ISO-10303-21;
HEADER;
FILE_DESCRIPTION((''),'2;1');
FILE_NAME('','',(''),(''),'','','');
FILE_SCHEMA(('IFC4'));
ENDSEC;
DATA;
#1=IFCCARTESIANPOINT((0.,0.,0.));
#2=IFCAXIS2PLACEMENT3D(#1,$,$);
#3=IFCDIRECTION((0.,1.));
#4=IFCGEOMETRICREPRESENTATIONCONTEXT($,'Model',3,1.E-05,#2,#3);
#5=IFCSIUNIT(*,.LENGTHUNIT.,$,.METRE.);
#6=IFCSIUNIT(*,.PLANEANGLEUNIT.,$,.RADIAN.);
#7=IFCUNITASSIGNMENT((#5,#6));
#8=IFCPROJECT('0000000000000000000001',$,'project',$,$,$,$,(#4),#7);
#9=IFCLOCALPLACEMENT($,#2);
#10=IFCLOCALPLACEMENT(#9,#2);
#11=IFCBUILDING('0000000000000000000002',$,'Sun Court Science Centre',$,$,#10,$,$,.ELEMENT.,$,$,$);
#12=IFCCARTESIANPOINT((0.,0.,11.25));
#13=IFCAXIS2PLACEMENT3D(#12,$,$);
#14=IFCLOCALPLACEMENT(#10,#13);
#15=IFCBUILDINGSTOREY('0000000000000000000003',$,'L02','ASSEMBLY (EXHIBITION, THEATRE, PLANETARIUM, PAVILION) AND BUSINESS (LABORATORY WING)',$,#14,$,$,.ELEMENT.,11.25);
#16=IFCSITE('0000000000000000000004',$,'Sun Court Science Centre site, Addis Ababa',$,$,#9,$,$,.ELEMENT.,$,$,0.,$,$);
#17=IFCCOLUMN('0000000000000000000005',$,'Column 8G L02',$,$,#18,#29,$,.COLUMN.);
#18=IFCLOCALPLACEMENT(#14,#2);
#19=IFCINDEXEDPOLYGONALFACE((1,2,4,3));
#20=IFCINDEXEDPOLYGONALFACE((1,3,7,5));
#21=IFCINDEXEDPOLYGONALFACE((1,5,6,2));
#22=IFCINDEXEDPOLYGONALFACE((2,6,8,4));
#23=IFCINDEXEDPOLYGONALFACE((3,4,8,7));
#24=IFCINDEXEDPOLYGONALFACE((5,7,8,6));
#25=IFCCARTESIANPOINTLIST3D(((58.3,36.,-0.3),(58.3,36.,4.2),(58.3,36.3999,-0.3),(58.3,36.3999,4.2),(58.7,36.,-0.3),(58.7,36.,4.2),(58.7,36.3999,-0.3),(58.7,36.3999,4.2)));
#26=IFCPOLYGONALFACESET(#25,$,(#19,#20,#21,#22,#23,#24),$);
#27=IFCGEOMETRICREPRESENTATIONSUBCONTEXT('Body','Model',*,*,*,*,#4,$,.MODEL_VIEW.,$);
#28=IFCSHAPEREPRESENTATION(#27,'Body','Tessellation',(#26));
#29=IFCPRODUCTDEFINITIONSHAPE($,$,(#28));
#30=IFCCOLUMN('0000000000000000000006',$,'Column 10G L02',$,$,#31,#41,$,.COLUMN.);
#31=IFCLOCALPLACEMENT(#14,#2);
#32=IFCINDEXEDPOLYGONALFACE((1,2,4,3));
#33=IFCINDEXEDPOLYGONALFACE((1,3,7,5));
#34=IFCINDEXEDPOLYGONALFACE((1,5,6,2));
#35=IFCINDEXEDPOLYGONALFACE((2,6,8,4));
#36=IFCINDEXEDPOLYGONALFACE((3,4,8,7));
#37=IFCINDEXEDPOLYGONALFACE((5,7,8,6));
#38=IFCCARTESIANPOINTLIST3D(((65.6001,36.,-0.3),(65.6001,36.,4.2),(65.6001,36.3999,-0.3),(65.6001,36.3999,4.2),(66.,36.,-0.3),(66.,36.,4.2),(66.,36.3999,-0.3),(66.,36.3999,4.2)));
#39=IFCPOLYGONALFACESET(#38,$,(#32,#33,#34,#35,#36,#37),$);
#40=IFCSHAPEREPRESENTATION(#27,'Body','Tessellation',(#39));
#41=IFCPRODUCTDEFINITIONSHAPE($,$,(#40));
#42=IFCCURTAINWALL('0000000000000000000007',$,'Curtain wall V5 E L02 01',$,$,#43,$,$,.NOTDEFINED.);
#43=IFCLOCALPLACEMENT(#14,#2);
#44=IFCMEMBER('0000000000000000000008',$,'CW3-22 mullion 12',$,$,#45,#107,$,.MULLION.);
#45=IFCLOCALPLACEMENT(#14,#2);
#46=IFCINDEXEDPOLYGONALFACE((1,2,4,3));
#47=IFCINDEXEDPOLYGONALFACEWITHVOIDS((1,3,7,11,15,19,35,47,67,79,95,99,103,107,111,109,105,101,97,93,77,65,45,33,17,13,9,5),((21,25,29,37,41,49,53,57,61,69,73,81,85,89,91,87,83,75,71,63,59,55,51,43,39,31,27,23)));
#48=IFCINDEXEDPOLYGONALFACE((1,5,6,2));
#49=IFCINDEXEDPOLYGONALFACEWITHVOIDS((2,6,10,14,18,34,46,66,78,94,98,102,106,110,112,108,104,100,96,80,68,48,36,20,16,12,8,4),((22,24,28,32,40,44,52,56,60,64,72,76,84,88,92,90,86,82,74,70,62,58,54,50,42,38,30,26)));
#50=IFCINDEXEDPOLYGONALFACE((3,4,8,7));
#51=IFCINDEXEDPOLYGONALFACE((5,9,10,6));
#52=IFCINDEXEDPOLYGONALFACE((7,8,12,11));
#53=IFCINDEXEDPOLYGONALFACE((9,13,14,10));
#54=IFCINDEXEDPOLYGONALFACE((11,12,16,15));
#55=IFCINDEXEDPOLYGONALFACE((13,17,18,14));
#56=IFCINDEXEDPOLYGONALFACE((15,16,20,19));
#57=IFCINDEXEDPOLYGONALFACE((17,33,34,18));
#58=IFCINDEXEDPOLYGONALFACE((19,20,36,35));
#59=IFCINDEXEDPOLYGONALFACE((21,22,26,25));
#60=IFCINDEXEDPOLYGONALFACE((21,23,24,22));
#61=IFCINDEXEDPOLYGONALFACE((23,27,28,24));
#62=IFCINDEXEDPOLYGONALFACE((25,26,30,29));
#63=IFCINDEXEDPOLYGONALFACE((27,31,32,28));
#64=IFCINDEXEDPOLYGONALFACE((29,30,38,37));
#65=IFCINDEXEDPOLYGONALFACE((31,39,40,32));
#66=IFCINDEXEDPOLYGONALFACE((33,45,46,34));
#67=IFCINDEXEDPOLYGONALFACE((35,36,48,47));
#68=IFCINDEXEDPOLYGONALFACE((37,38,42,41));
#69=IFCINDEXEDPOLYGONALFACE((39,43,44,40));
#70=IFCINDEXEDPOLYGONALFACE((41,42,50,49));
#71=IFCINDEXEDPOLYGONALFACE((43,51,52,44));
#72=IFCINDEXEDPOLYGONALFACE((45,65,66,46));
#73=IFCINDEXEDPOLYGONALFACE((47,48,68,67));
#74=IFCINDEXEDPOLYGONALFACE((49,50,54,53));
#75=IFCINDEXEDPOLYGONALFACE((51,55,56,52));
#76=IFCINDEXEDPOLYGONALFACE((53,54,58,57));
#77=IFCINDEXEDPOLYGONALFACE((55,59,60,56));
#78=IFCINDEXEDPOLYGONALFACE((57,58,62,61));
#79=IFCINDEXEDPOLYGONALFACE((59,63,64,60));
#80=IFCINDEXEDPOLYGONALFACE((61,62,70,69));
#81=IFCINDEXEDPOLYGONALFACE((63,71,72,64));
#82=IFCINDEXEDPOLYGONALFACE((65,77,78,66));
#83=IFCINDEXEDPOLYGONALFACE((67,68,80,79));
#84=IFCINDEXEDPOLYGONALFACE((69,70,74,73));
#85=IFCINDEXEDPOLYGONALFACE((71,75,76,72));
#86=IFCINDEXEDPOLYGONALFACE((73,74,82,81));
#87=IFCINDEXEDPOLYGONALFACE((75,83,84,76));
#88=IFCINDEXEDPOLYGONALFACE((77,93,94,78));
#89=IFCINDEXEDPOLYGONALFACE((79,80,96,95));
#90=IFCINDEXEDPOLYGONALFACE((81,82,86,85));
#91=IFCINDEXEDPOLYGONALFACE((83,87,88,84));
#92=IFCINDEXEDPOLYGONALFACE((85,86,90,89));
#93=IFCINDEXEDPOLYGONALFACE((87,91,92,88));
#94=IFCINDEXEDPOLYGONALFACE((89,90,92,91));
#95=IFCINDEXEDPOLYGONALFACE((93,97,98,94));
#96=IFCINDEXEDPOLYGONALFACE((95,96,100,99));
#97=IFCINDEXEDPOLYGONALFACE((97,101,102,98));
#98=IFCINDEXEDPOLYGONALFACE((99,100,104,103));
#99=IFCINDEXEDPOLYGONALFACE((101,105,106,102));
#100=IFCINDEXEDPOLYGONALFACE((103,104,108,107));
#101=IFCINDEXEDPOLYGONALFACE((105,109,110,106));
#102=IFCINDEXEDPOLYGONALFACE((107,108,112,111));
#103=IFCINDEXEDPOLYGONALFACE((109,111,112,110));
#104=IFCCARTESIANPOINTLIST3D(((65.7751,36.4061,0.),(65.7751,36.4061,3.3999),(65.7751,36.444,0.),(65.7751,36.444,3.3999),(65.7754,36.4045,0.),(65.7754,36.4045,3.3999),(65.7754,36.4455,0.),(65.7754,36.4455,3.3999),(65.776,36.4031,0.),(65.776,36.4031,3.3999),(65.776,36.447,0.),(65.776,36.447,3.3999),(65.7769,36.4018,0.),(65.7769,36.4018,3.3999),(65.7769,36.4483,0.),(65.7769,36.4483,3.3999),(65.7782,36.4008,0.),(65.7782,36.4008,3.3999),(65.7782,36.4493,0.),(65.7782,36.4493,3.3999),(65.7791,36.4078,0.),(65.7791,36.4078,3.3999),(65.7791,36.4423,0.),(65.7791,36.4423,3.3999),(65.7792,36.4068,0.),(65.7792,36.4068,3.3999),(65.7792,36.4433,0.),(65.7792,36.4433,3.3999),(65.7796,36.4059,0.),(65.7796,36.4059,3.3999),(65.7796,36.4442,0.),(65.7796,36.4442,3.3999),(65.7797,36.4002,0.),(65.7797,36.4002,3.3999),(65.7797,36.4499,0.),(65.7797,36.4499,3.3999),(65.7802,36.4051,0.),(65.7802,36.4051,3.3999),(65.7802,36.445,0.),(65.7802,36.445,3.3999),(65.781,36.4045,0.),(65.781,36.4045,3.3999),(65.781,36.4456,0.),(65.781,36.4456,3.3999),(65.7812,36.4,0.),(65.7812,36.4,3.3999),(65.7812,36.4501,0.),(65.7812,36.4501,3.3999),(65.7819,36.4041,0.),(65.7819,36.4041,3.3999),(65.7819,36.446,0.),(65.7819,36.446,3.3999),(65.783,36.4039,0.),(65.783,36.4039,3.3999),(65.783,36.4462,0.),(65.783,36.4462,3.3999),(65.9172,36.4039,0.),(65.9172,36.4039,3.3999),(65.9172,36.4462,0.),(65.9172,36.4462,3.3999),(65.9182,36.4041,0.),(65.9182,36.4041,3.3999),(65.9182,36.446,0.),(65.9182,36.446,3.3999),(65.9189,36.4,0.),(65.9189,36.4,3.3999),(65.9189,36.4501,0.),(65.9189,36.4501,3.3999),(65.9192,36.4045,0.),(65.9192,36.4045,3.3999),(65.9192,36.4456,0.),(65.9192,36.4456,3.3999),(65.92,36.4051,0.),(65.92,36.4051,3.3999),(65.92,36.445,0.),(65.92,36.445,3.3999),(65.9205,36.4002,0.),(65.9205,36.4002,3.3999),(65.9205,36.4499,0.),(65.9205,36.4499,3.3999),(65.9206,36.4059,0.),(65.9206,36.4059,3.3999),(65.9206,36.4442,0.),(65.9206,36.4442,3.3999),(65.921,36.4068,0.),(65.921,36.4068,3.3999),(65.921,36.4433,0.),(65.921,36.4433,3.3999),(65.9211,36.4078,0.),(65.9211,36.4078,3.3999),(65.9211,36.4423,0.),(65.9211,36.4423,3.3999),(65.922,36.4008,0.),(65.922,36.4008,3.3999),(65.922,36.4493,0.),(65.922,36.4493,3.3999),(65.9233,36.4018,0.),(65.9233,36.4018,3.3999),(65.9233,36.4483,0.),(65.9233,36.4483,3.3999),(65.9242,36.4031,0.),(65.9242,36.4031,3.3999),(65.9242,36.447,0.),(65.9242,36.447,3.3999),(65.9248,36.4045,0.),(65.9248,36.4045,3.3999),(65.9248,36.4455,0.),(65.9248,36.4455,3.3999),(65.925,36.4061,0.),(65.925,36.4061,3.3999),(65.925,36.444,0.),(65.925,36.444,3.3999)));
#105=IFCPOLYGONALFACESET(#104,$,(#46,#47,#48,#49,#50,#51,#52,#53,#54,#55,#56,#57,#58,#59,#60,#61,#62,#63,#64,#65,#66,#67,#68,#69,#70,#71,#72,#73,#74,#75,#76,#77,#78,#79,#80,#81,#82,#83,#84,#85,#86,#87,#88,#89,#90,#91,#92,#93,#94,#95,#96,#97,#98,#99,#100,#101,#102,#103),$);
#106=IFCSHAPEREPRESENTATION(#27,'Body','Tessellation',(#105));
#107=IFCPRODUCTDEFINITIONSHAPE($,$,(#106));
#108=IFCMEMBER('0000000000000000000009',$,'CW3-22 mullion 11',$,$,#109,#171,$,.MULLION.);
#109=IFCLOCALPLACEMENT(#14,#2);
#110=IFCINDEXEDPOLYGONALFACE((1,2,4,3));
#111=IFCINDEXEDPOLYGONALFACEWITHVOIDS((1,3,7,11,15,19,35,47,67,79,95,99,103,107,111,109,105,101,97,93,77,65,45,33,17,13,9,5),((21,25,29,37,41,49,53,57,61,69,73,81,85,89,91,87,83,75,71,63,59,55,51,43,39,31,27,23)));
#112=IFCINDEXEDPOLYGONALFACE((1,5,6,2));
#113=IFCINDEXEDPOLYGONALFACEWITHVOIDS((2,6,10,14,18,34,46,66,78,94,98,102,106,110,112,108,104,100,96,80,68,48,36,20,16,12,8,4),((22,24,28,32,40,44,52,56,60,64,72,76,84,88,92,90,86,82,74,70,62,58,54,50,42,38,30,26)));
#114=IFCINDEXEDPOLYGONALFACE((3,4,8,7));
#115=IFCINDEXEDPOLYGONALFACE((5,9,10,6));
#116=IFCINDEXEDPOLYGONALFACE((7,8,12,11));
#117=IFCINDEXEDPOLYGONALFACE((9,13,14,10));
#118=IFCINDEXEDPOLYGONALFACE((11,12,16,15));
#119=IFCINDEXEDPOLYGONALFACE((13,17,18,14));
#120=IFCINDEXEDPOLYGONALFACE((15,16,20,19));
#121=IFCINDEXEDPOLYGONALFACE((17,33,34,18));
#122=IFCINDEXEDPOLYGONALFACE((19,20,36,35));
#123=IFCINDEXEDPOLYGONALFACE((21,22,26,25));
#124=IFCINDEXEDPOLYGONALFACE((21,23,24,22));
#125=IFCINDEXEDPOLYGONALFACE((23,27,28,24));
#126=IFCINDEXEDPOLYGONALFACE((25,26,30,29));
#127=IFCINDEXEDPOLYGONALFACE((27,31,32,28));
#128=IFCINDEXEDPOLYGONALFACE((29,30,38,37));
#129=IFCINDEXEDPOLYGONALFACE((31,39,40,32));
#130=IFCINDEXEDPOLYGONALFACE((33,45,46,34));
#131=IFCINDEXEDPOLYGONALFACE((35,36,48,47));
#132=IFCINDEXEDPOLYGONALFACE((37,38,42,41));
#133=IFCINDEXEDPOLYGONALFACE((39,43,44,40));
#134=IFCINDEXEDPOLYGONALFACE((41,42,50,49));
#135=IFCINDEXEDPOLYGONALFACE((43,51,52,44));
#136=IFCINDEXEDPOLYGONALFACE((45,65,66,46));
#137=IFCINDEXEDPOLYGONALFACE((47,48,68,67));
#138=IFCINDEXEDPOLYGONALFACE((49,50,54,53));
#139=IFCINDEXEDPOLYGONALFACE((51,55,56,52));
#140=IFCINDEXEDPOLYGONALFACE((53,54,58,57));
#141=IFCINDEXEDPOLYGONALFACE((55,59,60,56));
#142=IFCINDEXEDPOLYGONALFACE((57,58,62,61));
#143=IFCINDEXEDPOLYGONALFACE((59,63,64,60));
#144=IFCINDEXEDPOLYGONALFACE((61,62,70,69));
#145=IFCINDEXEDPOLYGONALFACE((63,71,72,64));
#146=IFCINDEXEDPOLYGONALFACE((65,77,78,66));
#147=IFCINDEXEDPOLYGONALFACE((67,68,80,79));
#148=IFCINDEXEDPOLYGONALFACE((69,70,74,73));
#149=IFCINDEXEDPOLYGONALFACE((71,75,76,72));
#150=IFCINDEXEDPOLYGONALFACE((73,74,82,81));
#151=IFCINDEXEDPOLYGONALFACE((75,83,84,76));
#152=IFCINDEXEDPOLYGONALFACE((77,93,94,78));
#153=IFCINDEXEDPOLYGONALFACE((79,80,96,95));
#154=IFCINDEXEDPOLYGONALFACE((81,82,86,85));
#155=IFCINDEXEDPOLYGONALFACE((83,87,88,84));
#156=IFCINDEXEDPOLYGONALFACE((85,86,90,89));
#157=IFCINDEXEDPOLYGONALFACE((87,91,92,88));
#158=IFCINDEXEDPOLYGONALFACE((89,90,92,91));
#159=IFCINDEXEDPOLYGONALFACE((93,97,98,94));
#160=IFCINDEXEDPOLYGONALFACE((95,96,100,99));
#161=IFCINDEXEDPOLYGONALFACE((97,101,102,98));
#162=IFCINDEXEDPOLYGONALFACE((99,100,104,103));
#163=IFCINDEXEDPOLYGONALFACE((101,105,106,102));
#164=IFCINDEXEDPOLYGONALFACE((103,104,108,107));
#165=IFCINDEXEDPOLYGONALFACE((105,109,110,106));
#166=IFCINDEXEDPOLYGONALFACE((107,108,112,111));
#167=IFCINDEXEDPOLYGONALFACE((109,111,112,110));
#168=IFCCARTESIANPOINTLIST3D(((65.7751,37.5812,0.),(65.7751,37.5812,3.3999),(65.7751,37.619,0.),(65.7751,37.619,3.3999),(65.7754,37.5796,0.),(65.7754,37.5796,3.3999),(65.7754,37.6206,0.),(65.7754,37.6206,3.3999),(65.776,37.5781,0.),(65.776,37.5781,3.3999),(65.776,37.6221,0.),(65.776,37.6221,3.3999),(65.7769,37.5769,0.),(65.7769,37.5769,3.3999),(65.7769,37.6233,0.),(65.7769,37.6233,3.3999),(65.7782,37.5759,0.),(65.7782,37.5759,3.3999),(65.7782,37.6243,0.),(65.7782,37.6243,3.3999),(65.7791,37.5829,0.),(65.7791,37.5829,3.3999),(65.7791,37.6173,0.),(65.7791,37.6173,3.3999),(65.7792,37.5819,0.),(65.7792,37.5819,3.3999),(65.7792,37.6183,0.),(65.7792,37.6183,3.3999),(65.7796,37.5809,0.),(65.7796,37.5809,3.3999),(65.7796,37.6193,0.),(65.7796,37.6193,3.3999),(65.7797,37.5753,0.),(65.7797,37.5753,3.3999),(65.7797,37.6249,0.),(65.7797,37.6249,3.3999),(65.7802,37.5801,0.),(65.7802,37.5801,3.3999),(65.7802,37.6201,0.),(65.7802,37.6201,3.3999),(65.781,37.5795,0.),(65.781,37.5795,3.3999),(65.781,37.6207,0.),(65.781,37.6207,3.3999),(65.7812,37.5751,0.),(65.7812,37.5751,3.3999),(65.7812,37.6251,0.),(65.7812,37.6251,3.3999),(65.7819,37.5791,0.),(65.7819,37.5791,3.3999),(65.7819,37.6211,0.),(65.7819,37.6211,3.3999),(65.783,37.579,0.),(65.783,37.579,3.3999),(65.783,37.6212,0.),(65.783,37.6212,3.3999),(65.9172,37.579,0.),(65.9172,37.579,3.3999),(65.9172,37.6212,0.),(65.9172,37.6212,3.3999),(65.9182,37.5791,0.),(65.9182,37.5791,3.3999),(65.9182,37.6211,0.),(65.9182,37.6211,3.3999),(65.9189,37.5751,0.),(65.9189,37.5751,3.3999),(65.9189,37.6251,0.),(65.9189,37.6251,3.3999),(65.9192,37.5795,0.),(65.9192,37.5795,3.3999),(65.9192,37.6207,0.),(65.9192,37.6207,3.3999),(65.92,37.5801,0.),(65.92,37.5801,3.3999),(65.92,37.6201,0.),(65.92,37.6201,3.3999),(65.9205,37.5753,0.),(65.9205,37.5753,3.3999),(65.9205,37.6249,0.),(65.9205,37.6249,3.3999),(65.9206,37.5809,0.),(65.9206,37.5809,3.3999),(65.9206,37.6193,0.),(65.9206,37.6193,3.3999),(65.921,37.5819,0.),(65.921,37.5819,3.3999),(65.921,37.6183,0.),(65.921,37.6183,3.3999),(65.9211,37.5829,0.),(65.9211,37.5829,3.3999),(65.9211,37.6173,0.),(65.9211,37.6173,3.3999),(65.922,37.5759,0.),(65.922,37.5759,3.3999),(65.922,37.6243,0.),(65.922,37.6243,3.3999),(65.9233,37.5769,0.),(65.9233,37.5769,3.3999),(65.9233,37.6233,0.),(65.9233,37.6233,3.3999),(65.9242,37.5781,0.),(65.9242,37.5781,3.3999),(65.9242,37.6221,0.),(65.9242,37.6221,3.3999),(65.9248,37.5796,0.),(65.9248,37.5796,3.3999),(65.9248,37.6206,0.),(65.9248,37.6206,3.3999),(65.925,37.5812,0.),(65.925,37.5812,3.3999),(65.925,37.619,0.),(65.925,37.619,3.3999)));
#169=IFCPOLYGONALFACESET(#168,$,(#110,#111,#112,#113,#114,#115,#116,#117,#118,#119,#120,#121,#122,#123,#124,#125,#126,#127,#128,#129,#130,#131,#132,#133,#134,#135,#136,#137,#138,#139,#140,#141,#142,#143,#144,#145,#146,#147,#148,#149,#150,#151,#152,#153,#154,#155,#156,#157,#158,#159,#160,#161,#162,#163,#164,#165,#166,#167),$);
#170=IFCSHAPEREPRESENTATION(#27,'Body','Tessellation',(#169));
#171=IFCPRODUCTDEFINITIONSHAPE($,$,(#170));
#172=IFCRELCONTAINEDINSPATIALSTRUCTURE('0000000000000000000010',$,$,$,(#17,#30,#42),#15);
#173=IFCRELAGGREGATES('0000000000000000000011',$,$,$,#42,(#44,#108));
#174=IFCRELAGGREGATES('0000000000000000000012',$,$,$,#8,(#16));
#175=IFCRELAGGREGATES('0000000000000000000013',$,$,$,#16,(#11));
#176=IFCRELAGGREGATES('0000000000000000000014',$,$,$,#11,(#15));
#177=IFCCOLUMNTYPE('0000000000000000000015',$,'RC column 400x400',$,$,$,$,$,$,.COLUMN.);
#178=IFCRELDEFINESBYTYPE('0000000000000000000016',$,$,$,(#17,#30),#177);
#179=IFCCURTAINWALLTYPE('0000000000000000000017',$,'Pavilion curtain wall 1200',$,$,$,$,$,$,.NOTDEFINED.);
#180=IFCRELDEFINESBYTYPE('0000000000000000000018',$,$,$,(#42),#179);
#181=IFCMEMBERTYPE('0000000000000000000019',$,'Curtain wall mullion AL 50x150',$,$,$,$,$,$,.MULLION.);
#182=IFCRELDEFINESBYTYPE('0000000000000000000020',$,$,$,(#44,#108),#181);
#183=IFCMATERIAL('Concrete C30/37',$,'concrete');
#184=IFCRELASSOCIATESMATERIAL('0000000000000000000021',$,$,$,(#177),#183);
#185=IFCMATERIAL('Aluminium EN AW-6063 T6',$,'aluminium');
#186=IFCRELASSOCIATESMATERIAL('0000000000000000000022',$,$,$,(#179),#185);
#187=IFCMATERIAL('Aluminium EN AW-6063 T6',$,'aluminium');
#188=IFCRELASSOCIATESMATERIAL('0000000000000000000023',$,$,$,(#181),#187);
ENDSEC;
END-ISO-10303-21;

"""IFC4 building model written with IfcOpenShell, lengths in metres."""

from ifc_helpers import new_model, si_unit, direction, frame, origin, origin_2d, place, context, subcontext, project, spatial, rectangle, hollow_rectangle, extrude, material, material_profile, profile_set, type_object, element, aggregate, save


model = new_model("IFC4")

# Units and contexts
model_context = context("Model", 3, precision=1e-05, world=origin(), true_north=direction((0.0, 1.0)))
body_context = subcontext(model_context, "Body", "Model", "MODEL_VIEW")
ifc_project = project(units=[si_unit("LENGTHUNIT", "METRE"), si_unit("PLANEANGLEUNIT", "RADIAN")], contexts=[model_context])

# Site, building, storey
site_placement = place(None, origin())
site = spatial("IfcSite", under=ifc_project, at=site_placement, Name="Sun Court Science Centre site, Addis Ababa", CompositionType="ELEMENT", RefElevation=0.0)
building_placement = place(site_placement, origin())
building = spatial("IfcBuilding", under=site, at=building_placement, Name="Sun Court Science Centre", CompositionType="ELEMENT")
storey_placement = place(building_placement, frame((0.0, 0.0, 11.25)))
storey = spatial("IfcBuildingStorey", under=building, at=storey_placement, Name="L02", Description="ASSEMBLY (EXHIBITION, THEATRE, PLANETARIUM, PAVILION) AND BUSINESS (LABORATORY WING)", CompositionType="ELEMENT", Elevation=11.25)

# Columns
ifc_material_1 = material(Name="Concrete C30/37", Category="concrete")
ifc_material_profile_1 = material_profile(ifc_material_1, rectangle(XDim=0.3999, YDim=0.3999, at=origin_2d()), Name="RC 400x400")
ifc_profile_set_1 = profile_set([ifc_material_profile_1], Name="Concrete C30/37")
column_type = type_object("IfcColumnType", Name="RC column 400x400", PredefinedType="COLUMN", material=ifc_profile_set_1)
for number, where, z_axis, x_axis, name in (
    (1, (58.5, 36.2, -0.3), (0.0, 0.0, 1.0), (1.0, 0.0, 0.0), "Column 8G L02"),
    (2, (65.8, 36.2, -0.3), (0.0, 0.0, 1.0), (1.0, 0.0, 0.0), "Column 10G L02"),
):
    element("IfcColumn", number, at=place(storey_placement, frame(where, z_axis=z_axis, x_axis=x_axis)), inside=storey, type_object=column_type, Name=name, PredefinedType="COLUMN", context=body_context, shape_type="SweptSolid", body=[
        extrude(rectangle(XDim=0.3999, YDim=0.3999, at=origin_2d()), origin(), (0.0, 0.0, 1.0), 4.5),
    ])

# Curtain wall, members
ifc_material_2 = material(Name="Aluminium EN AW-6063 T6", Category="aluminium")
curtain_wall_type = type_object("IfcCurtainWallType", Name="Pavilion curtain wall 1200", PredefinedType="NOTDEFINED", material=ifc_material_2)
curtain_wall_placement = place(storey_placement, origin())
curtain_wall = element("IfcCurtainWall", 3, at=curtain_wall_placement, inside=storey, type_object=curtain_wall_type, Name="Curtain wall V5 E L02 01", PredefinedType="NOTDEFINED")
ifc_material_3 = material(Name="Aluminium EN AW-6063 T6", Category="aluminium")
ifc_material_profile_2 = material_profile(ifc_material_3, hollow_rectangle(XDim=0.05, YDim=0.1499, WallThickness=0.0039, InnerFilletRadius=0.0039, OuterFilletRadius=0.0061, at=origin_2d()), Name="AL 50x150x4")
ifc_profile_set_2 = profile_set([ifc_material_profile_2], Name="Aluminium EN AW-6063 T6")
member_type_1 = type_object("IfcMemberType", Name="Curtain wall mullion AL 50x150", PredefinedType="MULLION", material=ifc_profile_set_2)
member_1_placement = place(storey_placement, frame((65.8501, 36.425, 0.0), z_axis=(0.0, 0.0, 1.0), x_axis=(0.0, -1.0, 0.0)))
member_1 = element("IfcMember", 4, at=member_1_placement, type_object=member_type_1, Name="CW3-22 mullion 12", PredefinedType="MULLION", context=body_context, shape_type="SweptSolid", body=[
    extrude(hollow_rectangle(XDim=0.05, YDim=0.1499, WallThickness=0.0039, InnerFilletRadius=0.0039, OuterFilletRadius=0.0061, at=origin_2d()), origin(), (0.0, 0.0, 1.0), 3.3999),
])
member_2_placement = place(storey_placement, frame((65.8501, 37.6001, 0.0), z_axis=(0.0, 0.0, 1.0), x_axis=(0.0, -1.0, 0.0)))
member_2 = element("IfcMember", 5, at=member_2_placement, type_object=member_type_1, Name="CW3-22 mullion 11", PredefinedType="MULLION", context=body_context, shape_type="SweptSolid", body=[
    extrude(hollow_rectangle(XDim=0.05, YDim=0.1499, WallThickness=0.0039, InnerFilletRadius=0.0039, OuterFilletRadius=0.0061, at=origin_2d()), origin(), (0.0, 0.0, 1.0), 3.3999),
])

aggregate(curtain_wall, [member_1, member_2])

save(model, "model.ifc")
